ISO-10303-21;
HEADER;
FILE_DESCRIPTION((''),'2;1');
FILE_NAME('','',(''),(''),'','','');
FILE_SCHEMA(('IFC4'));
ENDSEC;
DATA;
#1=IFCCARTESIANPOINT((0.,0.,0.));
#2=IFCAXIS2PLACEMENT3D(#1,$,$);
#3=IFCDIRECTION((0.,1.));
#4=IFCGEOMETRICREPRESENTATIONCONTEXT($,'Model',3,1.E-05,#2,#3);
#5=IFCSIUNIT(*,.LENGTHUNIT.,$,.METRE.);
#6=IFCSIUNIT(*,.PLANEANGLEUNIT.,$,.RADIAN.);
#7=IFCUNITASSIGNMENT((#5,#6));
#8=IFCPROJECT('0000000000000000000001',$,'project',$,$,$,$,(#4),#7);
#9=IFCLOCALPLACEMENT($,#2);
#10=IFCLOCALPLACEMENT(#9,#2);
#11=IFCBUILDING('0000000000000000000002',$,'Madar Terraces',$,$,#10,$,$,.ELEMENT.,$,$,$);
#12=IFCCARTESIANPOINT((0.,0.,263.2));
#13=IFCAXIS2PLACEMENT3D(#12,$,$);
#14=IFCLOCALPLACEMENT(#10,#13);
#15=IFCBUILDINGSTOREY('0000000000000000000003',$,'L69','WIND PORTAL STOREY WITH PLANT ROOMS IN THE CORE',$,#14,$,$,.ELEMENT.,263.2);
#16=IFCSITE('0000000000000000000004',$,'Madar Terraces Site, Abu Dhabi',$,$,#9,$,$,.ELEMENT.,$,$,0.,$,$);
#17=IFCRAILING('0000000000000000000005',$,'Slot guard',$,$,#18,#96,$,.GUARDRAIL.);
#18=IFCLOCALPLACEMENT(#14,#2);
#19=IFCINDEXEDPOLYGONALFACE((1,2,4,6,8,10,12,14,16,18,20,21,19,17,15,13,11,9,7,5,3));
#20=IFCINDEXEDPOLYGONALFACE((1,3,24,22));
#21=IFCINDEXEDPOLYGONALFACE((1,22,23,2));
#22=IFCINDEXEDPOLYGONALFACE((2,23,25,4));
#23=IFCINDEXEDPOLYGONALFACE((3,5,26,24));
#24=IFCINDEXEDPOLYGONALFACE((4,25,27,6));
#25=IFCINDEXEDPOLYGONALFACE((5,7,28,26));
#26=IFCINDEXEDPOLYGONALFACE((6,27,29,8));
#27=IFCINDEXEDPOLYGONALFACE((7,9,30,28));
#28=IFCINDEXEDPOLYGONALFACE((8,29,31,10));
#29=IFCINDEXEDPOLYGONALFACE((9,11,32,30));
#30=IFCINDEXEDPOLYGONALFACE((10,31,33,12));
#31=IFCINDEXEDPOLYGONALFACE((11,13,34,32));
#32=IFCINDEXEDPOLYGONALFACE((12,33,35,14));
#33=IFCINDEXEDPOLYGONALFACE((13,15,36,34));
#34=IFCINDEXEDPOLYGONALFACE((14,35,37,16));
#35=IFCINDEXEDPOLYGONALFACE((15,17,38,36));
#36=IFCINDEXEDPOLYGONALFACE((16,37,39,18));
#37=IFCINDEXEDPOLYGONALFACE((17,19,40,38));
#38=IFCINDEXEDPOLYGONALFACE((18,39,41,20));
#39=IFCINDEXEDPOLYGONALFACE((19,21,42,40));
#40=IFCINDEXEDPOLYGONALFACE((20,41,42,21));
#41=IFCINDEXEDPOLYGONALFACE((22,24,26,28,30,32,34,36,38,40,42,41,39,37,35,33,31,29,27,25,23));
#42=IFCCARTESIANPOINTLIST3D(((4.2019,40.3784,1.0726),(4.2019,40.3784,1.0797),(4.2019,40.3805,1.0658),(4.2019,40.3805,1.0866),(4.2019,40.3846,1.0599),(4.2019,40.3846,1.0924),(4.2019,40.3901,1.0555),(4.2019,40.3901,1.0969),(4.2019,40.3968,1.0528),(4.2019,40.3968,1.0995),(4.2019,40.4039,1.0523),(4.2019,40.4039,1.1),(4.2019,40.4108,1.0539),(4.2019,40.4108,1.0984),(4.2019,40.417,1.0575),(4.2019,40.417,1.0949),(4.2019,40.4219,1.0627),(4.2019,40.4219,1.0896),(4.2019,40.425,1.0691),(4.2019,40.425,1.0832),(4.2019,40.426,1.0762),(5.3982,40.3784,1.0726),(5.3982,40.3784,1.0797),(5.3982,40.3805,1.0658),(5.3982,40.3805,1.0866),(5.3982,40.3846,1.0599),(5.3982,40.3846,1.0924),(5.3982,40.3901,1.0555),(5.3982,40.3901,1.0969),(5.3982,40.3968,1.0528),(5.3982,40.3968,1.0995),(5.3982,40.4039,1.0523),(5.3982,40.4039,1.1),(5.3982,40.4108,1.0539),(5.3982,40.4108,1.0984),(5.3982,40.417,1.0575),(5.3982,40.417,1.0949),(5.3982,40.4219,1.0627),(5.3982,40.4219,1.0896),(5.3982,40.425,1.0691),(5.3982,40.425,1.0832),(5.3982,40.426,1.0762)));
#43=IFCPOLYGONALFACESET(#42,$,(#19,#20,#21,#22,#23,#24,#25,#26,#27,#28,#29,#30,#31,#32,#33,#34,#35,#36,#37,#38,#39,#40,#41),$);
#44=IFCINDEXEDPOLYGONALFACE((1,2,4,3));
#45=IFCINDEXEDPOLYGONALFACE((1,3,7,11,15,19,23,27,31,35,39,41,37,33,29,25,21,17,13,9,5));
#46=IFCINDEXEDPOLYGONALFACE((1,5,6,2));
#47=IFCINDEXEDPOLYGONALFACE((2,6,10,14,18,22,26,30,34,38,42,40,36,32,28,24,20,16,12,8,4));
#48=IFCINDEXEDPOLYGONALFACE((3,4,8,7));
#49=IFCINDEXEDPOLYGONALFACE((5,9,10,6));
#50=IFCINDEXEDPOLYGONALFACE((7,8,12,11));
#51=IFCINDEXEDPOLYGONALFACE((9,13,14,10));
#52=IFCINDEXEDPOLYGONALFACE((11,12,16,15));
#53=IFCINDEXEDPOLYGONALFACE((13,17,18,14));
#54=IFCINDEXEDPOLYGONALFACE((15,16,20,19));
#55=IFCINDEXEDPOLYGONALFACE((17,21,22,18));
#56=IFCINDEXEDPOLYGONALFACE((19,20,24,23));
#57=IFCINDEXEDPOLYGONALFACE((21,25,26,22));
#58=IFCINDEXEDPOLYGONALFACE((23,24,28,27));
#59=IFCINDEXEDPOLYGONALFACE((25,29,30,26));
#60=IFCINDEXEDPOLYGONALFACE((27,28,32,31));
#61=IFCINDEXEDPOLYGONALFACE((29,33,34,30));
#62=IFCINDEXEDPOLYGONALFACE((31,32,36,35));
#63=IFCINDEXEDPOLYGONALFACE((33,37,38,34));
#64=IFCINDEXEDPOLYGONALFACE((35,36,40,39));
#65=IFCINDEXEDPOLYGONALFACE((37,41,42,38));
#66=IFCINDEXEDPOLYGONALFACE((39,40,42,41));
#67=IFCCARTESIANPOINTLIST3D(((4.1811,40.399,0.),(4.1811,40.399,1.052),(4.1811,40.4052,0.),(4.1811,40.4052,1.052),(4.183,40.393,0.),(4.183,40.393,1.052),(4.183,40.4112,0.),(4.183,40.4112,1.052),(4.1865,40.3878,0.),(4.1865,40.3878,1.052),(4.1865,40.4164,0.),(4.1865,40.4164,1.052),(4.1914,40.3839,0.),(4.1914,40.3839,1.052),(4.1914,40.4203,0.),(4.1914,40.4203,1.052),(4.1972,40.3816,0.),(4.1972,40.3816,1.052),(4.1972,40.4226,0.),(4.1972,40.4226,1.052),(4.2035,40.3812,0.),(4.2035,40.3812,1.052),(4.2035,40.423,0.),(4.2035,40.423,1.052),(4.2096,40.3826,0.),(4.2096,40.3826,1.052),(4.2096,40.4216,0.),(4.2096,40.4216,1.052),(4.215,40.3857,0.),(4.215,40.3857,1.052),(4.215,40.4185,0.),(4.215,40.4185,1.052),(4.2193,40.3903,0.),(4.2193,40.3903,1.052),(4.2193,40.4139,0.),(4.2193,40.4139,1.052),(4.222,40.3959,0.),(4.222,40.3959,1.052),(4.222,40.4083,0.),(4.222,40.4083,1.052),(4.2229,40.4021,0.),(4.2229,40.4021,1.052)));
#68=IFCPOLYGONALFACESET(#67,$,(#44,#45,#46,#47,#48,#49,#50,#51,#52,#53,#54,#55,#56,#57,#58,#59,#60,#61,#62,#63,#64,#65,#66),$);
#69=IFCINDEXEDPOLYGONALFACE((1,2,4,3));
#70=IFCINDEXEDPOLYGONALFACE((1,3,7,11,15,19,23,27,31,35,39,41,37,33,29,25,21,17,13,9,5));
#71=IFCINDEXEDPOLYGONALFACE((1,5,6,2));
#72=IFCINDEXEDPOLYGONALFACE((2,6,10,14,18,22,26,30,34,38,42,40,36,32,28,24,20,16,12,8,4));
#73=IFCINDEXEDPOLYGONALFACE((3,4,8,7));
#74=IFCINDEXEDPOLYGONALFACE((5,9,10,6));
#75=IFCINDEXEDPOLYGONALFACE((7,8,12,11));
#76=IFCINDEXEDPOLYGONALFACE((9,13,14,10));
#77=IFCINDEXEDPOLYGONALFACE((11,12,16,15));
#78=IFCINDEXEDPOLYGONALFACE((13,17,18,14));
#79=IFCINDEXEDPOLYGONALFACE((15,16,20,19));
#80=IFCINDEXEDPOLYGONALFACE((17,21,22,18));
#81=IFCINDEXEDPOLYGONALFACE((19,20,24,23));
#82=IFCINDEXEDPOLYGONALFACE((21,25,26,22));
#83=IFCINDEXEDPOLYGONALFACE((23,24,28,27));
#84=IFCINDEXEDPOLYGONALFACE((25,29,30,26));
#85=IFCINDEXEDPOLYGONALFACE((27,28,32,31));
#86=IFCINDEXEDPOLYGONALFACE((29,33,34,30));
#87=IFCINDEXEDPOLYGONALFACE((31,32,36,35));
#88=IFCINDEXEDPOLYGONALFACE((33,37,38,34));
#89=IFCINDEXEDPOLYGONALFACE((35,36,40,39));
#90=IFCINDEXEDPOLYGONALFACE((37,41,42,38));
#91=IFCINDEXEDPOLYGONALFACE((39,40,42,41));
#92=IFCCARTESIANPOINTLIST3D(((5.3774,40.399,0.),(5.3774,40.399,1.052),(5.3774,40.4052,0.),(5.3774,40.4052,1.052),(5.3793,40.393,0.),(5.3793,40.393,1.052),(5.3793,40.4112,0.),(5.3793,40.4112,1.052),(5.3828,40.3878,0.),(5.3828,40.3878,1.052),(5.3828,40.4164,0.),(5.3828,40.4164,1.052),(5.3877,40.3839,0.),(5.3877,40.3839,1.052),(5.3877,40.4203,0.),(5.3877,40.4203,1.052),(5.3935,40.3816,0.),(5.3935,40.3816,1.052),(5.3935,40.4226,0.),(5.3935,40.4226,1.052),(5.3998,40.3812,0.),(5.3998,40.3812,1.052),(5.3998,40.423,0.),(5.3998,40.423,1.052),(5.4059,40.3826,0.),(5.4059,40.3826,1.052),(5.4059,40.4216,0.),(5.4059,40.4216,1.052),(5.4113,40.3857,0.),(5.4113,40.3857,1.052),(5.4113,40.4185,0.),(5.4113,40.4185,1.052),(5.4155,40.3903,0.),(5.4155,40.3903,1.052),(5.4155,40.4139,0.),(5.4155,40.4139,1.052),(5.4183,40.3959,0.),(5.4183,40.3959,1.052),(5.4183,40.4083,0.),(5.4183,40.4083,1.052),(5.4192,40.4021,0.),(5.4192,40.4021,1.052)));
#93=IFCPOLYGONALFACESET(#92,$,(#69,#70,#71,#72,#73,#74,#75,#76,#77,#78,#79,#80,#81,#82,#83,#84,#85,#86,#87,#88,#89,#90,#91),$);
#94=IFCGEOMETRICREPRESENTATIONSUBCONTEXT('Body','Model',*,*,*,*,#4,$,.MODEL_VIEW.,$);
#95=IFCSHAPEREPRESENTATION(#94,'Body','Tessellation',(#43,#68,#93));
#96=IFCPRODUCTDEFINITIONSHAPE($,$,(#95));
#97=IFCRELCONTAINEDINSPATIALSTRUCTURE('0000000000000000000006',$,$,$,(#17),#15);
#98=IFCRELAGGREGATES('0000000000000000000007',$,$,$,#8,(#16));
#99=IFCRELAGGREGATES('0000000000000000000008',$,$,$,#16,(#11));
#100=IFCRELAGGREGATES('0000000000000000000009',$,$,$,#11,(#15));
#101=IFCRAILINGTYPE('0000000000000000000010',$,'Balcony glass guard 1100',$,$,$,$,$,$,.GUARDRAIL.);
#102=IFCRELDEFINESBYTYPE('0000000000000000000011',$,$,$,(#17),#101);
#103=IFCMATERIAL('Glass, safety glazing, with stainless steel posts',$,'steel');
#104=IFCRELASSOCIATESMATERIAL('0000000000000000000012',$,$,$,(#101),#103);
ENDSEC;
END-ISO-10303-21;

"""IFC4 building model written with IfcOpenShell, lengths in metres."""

from ifc_helpers import new_model, si_unit, direction, frame, origin, origin_2d, place, context, subcontext, project, spatial, circle, extrude, material, type_object, element, save


model = new_model("IFC4")

# Units and contexts
model_context = context("Model", 3, precision=1e-05, world=origin(), true_north=direction((0.0, 1.0)))
body_context = subcontext(model_context, "Body", "Model", "MODEL_VIEW")
ifc_project = project(units=[si_unit("LENGTHUNIT", "METRE"), si_unit("PLANEANGLEUNIT", "RADIAN")], contexts=[model_context])

# Site, building, storey
site_placement = place(None, origin())
site = spatial("IfcSite", under=ifc_project, at=site_placement, Name="Madar Terraces Site, Abu Dhabi", CompositionType="ELEMENT", RefElevation=0.0)
building_placement = place(site_placement, origin())
building = spatial("IfcBuilding", under=site, at=building_placement, Name="Madar Terraces", CompositionType="ELEMENT")
storey_placement = place(building_placement, frame((0.0, 0.0, 263.2)))
storey = spatial("IfcBuildingStorey", under=building, at=storey_placement, Name="L69", Description="WIND PORTAL STOREY WITH PLANT ROOMS IN THE CORE", CompositionType="ELEMENT", Elevation=263.2)

# Railing
ifc_material_1 = material(Name="Glass, safety glazing, with stainless steel posts", Category="steel")
railing_type = type_object("IfcRailingType", Name="Balcony glass guard 1100", PredefinedType="GUARDRAIL", material=ifc_material_1)
railing_1_placement = place(storey_placement, frame((4.2019, 40.4021, 0.0)))
element("IfcRailing", 1, at=railing_1_placement, inside=storey, type_object=railing_type, Name="Slot guard", PredefinedType="GUARDRAIL", context=body_context, shape_type="SweptSolid", body=[
    extrude(circle(Radius=0.0239, at=origin_2d()), frame((0.0, 0.0, 1.0762), z_axis=(1.0, 0.0, 0.0), x_axis=(0.0, 1.0, 0.0)), (0.0, 0.0, 1.0), 1.1963),
    extrude(circle(Radius=0.021, at=origin_2d()), origin(), (0.0, 0.0, 1.0), 1.052),
    extrude(circle(Radius=0.021, at=origin_2d()), frame((1.1963, 0.0, 0.0)), (0.0, 0.0, 1.0), 1.052),
])

save(model, "model.ifc")
